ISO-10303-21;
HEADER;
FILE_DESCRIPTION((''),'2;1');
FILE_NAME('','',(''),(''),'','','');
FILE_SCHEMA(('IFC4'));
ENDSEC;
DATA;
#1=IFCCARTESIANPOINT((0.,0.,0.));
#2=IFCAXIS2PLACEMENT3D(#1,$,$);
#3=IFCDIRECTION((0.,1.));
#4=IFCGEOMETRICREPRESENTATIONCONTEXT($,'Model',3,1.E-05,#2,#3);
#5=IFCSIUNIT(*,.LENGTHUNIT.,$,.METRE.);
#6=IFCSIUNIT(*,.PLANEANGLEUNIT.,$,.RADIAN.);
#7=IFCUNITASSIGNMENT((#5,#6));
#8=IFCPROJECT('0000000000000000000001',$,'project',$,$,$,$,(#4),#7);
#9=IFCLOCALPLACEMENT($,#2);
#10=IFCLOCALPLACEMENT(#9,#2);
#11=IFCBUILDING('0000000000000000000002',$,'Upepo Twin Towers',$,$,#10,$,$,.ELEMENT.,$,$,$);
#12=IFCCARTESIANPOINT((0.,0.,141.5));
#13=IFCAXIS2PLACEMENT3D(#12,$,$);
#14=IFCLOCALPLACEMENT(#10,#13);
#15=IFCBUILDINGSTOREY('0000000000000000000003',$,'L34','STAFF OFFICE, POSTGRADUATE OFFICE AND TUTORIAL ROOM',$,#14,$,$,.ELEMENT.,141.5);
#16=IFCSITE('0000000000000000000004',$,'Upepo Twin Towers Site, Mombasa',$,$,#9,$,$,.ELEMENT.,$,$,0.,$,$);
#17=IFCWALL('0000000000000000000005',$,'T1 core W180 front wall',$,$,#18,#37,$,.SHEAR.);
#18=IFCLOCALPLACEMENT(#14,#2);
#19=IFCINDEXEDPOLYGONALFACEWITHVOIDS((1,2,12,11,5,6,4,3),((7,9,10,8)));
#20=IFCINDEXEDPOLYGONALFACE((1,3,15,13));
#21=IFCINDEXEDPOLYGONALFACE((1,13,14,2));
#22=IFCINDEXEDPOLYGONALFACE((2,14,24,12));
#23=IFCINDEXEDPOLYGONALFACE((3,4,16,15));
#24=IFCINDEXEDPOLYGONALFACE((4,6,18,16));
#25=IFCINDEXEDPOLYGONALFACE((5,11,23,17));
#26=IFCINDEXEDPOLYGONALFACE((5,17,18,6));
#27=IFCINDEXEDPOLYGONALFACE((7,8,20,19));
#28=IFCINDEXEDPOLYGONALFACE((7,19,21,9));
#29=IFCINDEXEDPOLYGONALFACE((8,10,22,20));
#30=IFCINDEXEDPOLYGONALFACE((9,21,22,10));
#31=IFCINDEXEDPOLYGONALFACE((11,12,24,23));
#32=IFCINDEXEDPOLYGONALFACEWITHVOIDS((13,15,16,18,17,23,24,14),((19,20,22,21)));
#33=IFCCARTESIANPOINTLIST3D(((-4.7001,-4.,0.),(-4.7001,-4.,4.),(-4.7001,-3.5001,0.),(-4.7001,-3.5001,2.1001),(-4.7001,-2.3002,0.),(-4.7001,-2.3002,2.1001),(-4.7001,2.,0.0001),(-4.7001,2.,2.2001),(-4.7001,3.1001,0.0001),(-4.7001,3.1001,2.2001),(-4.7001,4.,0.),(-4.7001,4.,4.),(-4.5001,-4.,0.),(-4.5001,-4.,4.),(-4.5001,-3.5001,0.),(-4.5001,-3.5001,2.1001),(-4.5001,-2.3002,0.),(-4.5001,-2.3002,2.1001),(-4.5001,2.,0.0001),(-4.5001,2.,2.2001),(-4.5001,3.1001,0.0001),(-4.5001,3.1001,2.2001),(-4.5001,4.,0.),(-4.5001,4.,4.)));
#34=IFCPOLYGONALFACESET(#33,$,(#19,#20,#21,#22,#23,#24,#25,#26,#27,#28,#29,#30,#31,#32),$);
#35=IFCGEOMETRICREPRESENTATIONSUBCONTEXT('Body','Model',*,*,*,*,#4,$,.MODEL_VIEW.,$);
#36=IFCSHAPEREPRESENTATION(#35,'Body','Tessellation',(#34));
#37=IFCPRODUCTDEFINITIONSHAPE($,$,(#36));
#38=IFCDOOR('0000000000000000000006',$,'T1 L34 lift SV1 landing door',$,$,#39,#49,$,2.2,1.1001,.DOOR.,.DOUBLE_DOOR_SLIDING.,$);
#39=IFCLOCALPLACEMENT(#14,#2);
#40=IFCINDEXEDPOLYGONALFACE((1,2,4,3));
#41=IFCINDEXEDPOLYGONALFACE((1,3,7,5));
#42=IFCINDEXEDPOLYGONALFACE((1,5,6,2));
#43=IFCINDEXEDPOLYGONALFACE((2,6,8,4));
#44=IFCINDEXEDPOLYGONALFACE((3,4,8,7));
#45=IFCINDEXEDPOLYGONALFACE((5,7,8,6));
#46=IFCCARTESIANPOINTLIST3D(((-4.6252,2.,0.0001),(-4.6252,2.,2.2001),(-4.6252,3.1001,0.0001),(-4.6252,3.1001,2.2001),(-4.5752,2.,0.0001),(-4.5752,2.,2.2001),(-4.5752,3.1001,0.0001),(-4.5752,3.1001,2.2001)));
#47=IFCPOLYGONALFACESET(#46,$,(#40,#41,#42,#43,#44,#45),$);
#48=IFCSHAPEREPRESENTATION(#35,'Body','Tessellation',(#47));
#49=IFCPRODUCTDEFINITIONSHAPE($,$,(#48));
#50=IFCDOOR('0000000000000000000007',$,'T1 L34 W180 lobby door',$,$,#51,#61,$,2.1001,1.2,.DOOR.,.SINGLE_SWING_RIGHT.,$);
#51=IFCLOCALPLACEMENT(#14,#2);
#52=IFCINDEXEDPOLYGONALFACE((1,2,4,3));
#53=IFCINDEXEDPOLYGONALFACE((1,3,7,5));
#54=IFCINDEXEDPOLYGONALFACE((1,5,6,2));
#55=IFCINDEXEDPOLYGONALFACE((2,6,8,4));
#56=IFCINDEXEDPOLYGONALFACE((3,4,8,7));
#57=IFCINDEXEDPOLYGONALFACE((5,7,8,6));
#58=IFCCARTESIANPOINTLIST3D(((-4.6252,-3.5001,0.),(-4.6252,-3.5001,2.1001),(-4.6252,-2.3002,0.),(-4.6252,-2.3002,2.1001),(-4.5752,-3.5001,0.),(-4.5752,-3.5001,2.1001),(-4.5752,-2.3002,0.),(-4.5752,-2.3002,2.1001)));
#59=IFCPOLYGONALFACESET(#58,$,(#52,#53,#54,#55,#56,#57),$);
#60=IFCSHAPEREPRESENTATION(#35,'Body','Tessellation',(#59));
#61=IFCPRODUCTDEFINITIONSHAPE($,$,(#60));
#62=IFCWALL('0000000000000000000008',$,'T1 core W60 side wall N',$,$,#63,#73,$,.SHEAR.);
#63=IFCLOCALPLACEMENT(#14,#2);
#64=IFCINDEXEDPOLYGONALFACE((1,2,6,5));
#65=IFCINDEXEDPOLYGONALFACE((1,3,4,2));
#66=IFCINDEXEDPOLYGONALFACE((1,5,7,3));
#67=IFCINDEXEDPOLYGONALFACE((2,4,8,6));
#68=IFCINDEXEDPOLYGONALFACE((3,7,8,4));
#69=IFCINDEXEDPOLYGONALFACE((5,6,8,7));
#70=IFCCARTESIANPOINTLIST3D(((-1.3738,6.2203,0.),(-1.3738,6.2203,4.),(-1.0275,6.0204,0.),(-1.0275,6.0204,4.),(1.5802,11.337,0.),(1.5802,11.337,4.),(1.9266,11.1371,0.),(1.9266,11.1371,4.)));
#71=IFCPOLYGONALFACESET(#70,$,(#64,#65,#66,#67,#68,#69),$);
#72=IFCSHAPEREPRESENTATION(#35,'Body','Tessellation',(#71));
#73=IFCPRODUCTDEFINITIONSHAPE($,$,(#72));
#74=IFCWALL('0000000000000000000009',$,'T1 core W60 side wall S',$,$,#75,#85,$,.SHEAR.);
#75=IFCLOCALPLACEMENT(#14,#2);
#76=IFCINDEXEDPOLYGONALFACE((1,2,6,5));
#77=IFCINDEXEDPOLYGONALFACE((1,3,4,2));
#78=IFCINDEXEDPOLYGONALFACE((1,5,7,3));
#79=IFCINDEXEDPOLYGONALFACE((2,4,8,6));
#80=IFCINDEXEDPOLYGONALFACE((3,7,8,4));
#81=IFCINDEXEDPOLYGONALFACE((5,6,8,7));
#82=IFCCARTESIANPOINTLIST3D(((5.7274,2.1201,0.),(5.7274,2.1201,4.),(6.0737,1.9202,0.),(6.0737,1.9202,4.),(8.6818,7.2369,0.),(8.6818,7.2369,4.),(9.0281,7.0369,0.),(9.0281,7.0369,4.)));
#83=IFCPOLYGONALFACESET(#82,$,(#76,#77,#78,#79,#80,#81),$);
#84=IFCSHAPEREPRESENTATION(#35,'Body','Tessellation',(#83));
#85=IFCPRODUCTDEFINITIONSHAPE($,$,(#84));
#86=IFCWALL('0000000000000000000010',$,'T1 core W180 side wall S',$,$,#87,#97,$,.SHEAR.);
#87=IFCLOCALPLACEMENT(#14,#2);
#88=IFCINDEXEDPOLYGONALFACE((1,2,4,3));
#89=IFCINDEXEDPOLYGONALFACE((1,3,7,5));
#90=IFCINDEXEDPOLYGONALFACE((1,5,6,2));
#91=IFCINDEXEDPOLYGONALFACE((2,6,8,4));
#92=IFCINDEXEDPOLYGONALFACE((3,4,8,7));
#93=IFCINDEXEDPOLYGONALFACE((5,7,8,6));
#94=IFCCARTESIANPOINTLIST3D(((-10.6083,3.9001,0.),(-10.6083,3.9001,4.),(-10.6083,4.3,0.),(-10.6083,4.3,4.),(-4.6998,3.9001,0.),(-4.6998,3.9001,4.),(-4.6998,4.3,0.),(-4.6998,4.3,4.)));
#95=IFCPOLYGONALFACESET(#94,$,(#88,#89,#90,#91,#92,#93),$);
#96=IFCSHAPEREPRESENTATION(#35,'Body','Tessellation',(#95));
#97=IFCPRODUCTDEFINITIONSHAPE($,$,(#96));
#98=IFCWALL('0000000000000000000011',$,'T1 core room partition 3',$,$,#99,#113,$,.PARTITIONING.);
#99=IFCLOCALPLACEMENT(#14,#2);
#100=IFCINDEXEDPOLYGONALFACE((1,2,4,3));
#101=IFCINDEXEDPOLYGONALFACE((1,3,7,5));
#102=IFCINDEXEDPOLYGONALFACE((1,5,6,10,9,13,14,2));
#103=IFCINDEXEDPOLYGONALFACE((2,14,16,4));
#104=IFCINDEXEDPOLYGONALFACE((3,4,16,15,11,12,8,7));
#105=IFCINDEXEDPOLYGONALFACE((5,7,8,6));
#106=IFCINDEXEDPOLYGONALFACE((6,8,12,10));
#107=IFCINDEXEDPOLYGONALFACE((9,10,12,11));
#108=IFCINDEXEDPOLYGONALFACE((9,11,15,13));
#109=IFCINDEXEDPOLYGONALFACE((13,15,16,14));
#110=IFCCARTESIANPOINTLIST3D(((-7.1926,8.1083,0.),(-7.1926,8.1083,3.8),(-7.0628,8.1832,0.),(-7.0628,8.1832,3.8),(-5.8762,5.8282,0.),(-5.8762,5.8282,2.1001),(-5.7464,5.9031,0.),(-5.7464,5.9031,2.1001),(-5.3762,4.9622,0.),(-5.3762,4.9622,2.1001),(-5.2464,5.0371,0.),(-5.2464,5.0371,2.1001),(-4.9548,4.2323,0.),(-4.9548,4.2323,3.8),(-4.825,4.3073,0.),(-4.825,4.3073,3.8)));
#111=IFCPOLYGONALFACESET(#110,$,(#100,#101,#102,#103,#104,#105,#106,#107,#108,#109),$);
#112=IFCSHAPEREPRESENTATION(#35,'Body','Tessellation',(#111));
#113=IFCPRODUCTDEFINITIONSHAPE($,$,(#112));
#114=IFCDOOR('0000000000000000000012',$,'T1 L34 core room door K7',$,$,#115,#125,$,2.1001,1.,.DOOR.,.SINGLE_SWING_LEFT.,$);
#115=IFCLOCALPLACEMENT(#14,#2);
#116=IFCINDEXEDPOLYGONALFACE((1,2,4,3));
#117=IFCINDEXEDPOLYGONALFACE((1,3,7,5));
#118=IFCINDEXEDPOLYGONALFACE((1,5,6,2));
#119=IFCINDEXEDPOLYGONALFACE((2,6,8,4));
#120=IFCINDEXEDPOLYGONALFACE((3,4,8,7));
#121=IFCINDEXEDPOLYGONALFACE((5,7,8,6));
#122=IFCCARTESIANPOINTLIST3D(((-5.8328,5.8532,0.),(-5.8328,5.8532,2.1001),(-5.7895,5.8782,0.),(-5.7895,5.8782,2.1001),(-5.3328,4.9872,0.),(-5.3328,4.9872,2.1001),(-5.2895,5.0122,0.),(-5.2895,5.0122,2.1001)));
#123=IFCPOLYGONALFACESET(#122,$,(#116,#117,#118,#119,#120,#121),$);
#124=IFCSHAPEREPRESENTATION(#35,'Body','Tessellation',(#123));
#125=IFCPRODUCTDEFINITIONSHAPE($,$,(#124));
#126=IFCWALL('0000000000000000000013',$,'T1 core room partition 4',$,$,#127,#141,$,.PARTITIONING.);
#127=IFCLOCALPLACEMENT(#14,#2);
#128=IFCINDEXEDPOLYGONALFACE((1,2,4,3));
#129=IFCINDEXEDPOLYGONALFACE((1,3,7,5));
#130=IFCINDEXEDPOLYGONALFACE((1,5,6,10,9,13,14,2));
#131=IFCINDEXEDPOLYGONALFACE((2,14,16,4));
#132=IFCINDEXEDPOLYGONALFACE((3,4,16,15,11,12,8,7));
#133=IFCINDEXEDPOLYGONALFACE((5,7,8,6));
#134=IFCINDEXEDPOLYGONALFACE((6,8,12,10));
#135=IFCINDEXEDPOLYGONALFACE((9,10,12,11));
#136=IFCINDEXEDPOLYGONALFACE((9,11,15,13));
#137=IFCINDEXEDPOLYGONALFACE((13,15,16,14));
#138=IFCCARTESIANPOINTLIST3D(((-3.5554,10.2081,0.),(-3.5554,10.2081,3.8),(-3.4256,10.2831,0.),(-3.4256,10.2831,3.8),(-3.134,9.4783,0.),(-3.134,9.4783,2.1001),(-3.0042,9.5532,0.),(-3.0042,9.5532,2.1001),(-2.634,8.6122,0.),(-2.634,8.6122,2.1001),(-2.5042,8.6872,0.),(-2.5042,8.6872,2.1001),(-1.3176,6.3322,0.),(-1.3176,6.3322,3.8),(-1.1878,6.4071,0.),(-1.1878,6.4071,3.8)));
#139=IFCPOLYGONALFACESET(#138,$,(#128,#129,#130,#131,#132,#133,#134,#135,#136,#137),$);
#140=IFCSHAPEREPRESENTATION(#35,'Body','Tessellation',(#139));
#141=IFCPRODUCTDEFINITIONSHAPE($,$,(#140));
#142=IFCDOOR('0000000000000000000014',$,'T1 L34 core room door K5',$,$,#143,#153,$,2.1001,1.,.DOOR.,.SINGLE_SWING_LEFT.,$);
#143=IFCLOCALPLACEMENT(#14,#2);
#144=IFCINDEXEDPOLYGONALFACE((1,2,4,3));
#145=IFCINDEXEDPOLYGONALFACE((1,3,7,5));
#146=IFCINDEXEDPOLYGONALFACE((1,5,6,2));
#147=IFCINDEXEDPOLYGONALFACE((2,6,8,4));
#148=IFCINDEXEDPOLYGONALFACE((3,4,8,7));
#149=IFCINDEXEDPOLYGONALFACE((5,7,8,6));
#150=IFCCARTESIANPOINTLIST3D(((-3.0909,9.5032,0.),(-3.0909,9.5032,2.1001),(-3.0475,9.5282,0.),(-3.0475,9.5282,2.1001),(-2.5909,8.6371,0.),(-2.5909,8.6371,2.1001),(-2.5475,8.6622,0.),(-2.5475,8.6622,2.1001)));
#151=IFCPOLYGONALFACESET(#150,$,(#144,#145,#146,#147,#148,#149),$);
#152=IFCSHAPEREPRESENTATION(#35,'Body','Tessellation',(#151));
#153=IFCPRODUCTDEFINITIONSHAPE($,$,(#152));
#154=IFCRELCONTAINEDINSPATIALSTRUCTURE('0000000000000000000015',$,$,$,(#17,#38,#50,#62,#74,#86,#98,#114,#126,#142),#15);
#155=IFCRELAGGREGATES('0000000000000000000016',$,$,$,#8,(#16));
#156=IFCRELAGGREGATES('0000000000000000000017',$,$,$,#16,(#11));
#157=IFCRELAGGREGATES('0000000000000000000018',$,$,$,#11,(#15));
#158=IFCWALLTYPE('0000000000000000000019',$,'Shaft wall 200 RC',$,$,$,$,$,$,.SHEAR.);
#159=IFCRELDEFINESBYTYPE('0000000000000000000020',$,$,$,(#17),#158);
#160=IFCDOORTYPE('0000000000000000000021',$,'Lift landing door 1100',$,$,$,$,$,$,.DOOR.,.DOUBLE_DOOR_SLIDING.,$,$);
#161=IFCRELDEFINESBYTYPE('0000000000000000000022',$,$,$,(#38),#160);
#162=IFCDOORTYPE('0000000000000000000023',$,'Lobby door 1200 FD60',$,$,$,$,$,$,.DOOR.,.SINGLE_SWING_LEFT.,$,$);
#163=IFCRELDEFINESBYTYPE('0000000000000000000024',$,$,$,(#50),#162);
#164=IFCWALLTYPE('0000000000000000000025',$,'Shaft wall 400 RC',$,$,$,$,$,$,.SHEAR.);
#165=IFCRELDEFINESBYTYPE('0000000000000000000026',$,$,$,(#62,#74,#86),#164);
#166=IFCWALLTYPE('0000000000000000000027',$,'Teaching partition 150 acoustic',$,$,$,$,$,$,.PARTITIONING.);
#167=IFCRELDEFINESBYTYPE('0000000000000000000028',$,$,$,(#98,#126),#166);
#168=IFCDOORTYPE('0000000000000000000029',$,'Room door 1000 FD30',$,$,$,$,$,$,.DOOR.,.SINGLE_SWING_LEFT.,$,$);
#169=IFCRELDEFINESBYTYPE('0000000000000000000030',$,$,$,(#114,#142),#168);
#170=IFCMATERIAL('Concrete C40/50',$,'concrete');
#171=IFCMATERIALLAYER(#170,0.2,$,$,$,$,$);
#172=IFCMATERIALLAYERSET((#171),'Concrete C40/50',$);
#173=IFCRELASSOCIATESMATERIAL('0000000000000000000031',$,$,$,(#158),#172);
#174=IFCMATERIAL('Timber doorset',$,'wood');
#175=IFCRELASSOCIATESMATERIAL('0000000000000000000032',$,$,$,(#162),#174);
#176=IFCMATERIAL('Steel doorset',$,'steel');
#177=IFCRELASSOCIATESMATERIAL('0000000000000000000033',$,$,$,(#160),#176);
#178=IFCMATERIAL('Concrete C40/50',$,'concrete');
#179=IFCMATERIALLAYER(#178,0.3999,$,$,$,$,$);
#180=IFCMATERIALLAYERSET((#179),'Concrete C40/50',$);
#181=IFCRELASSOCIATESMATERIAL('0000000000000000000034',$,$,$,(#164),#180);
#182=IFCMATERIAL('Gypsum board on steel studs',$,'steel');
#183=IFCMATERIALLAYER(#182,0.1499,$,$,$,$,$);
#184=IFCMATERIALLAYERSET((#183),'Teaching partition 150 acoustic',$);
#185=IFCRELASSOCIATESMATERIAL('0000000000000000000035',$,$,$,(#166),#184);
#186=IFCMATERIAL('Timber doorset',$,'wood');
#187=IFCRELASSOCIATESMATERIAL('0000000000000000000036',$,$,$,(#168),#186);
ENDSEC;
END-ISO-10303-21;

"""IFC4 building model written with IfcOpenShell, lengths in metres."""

from ifc_helpers import new_model, si_unit, direction, frame, frame_2d, origin, place, context, subcontext, project, spatial, rectangle, extrude, material, layer, layer_set, type_object, element, fill, save


model = new_model("IFC4")

# Units and contexts
model_context = context("Model", 3, precision=1e-05, world=origin(), true_north=direction((0.0, 1.0)))
body_context = subcontext(model_context, "Body", "Model", "MODEL_VIEW")
ifc_project = project(units=[si_unit("LENGTHUNIT", "METRE"), si_unit("PLANEANGLEUNIT", "RADIAN")], contexts=[model_context])

# Site, building, storey
site_placement = place(None, origin())
site = spatial("IfcSite", under=ifc_project, at=site_placement, Name="Upepo Twin Towers Site, Mombasa", CompositionType="ELEMENT", RefElevation=0.0)
building_placement = place(site_placement, origin())
building = spatial("IfcBuilding", under=site, at=building_placement, Name="Upepo Twin Towers", CompositionType="ELEMENT")
storey_placement = place(building_placement, frame((0.0, 0.0, 141.5)))
storey = spatial("IfcBuildingStorey", under=building, at=storey_placement, Name="L34", Description="STAFF OFFICE, POSTGRADUATE OFFICE AND TUTORIAL ROOM", CompositionType="ELEMENT", Elevation=141.5)

# Shared definitions
ifc_material_1 = material(Name="Concrete C40/50", Category="concrete")
ifc_layer_1 = layer(ifc_material_1, 0.2)
ifc_layer_set_1 = layer_set([ifc_layer_1], Name="Concrete C40/50")
wall_type_1 = type_object("IfcWallType", Name="Shaft wall 200 RC", PredefinedType="SHEAR", material=ifc_layer_set_1)
ifc_material_2 = material(Name="Timber doorset", Category="wood")
door_type_1 = type_object("IfcDoorType", Name="Lobby door 1200 FD60", OperationType="SINGLE_SWING_LEFT", PredefinedType="DOOR", material=ifc_material_2)

# Wall, openings, doors
wall_1_placement = place(storey_placement, frame((-4.6001, 4.0, 0.0), z_axis=(0.0, 0.0, 1.0), x_axis=(0.0, -1.0, 0.0)))
wall_1 = element("IfcWall", 1, at=wall_1_placement, inside=storey, type_object=wall_type_1, Name="T1 core W180 front wall", PredefinedType="SHEAR", context=body_context, shape_type="SweptSolid", body=[
    extrude(rectangle(XDim=8.0, YDim=0.2, at=frame_2d((4.0, 0.0))), origin(), (0.0, 0.0, 1.0), 4.0),
])
opening_1_placement = place(wall_1_placement, frame((6.3, 0.0, 0.0)))
opening_1 = element("IfcOpeningElement", 2, at=opening_1_placement, cuts=wall_1, PredefinedType="OPENING", context=body_context, shape_type="SweptSolid", body=[
    extrude(rectangle(XDim=1.2, YDim=2.1001, at=frame_2d((0.6001, 1.05))), frame((0.0, 0.1099, 0.0), z_axis=(0.0, -1.0, 0.0), x_axis=(1.0, 0.0, 0.0)), (0.0, 0.0, 1.0), 0.22),
])
opening_2_placement = place(wall_1_placement, frame((0.8999, 0.0, 0.0)))
opening_2 = element("IfcOpeningElement", 3, at=opening_2_placement, cuts=wall_1, PredefinedType="OPENING", context=body_context, shape_type="SweptSolid", body=[
    extrude(rectangle(XDim=1.1001, YDim=2.2, at=frame_2d((0.55, 1.1001))), frame((0.0, 0.1099, 0.0), z_axis=(0.0, -1.0, 0.0), x_axis=(1.0, 0.0, 0.0)), (0.0, 0.0, 1.0), 0.22),
])
ifc_material_3 = material(Name="Steel doorset", Category="steel")
door_type_2 = type_object("IfcDoorType", Name="Lift landing door 1100", OperationType="DOUBLE_DOOR_SLIDING", PredefinedType="DOOR", material=ifc_material_3)
door_1_placement = place(opening_2_placement, origin())
door_1 = element("IfcDoor", 4, at=door_1_placement, inside=storey, type_object=door_type_2, Name="T1 L34 lift SV1 landing door", OperationType="DOUBLE_DOOR_SLIDING", OverallHeight=2.2, OverallWidth=1.1001, PredefinedType="DOOR", context=body_context, shape_type="SweptSolid", body=[
    extrude(rectangle(XDim=1.1001, YDim=2.2, at=frame_2d((0.55, 1.1001))), frame((0.0, 0.0249, 0.0), z_axis=(0.0, -1.0, 0.0), x_axis=(1.0, 0.0, 0.0)), (0.0, 0.0, 1.0), 0.05),
])
fill(opening_2, door_1)
door_2_placement = place(opening_1_placement, origin())
door_2 = element("IfcDoor", 5, at=door_2_placement, inside=storey, type_object=door_type_1, Name="T1 L34 W180 lobby door", OperationType="SINGLE_SWING_RIGHT", OverallHeight=2.1001, OverallWidth=1.2, PredefinedType="DOOR", context=body_context, shape_type="SweptSolid", body=[
    extrude(rectangle(XDim=1.2, YDim=2.1001, at=frame_2d((0.6001, 1.05))), frame((0.0, 0.0249, 0.0), z_axis=(0.0, -1.0, 0.0), x_axis=(1.0, 0.0, 0.0)), (0.0, 0.0, 1.0), 0.05),
])
fill(opening_1, door_2)

# Walls
ifc_material_4 = material(Name="Concrete C40/50", Category="concrete")
ifc_layer_2 = layer(ifc_material_4, 0.3999)
ifc_layer_set_2 = layer_set([ifc_layer_2], Name="Concrete C40/50")
wall_type_2 = type_object("IfcWallType", Name="Shaft wall 400 RC", PredefinedType="SHEAR", material=ifc_layer_set_2)
wall_2_placement = place(storey_placement, frame((-1.2007, 6.1204, 0.0), z_axis=(0.0, 0.0, 1.0), x_axis=(0.499997, 0.866027, 0.0)))
element("IfcWall", 6, at=wall_2_placement, inside=storey, type_object=wall_type_2, Name="T1 core W60 side wall N", PredefinedType="SHEAR", context=body_context, shape_type="SweptSolid", body=[
    extrude(rectangle(XDim=5.9082, YDim=0.3999, at=frame_2d((2.9541, 0.0))), origin(), (0.0, 0.0, 1.0), 4.0),
])
for number, where, z_axis, x_axis, name in (
    (7, (5.9006, 2.0203, 0.0), (0.0, 0.0, 1.0), (0.500028, 0.866009, 0.0), "T1 core W60 side wall S"),
    (8, (-4.7, 4.1001, 0.0), (0.0, 0.0, 1.0), (-1.0, 0.0, 0.0), "T1 core W180 side wall S"),
):
    element("IfcWall", number, at=place(storey_placement, frame(where, z_axis=z_axis, x_axis=x_axis)), inside=storey, type_object=wall_type_2, Name=name, PredefinedType="SHEAR", context=body_context, shape_type="SweptSolid", body=[
        extrude(rectangle(XDim=5.9084, YDim=0.3999, at=frame_2d((2.9541, 0.0))), origin(), (0.0, 0.0, 1.0), 4.0),
    ])

# Walls, openings, doors
ifc_material_5 = material(Name="Gypsum board on steel studs", Category="steel")
ifc_layer_3 = layer(ifc_material_5, 0.1499)
ifc_layer_set_3 = layer_set([ifc_layer_3], Name="Teaching partition 150 acoustic")
wall_type_3 = type_object("IfcWallType", Name="Teaching partition 150 acoustic", PredefinedType="PARTITIONING", material=ifc_layer_set_3)
wall_3_placement = place(storey_placement, frame((-4.8899, 4.2698, 0.0), z_axis=(0.0, 0.0, 1.0), x_axis=(-0.499999, 0.866026, 0.0)))
wall_3 = element("IfcWall", 9, at=wall_3_placement, inside=storey, type_object=wall_type_3, Name="T1 core room partition 3", PredefinedType="PARTITIONING", context=body_context, shape_type="SweptSolid", body=[
    extrude(rectangle(XDim=4.4756, YDim=0.1499, at=frame_2d((2.2378, 0.0))), origin(), (0.0, 0.0, 1.0), 3.8),
])
opening_3_placement = place(wall_3_placement, frame((0.8428, 0.0, 0.0)))
opening_3 = element("IfcOpeningElement", 10, at=opening_3_placement, cuts=wall_3, PredefinedType="OPENING", context=body_context, shape_type="SweptSolid", body=[
    extrude(rectangle(XDim=1.0, YDim=2.1001, at=frame_2d((0.5, 1.05))), frame((0.0, 0.085, 0.0), z_axis=(0.0, -1.0, 0.0), x_axis=(1.0, 0.0, 0.0)), (0.0, 0.0, 1.0), 0.1699),
])
ifc_material_6 = material(Name="Timber doorset", Category="wood")
door_type_3 = type_object("IfcDoorType", Name="Room door 1000 FD30", OperationType="SINGLE_SWING_LEFT", PredefinedType="DOOR", material=ifc_material_6)
door_3_placement = place(opening_3_placement, origin())
door_3 = element("IfcDoor", 11, at=door_3_placement, inside=storey, type_object=door_type_3, Name="T1 L34 core room door K7", OperationType="SINGLE_SWING_LEFT", OverallHeight=2.1001, OverallWidth=1.0, PredefinedType="DOOR", context=body_context, shape_type="SweptSolid", body=[
    extrude(rectangle(XDim=1.0, YDim=2.1001, at=frame_2d((0.5, 1.05))), frame((0.0, 0.0249, 0.0), z_axis=(0.0, -1.0, 0.0), x_axis=(1.0, 0.0, 0.0)), (0.0, 0.0, 1.0), 0.05),
])
fill(opening_3, door_3)
wall_4_placement = place(storey_placement, frame((-3.4905, 10.2456, 0.0), z_axis=(0.0, 0.0, 1.0), x_axis=(0.499999, -0.866026, 0.0)))
wall_4 = element("IfcWall", 12, at=wall_4_placement, inside=storey, type_object=wall_type_3, Name="T1 core room partition 4", PredefinedType="PARTITIONING", context=body_context, shape_type="SweptSolid", body=[
    extrude(rectangle(XDim=4.4756, YDim=0.1499, at=frame_2d((2.2378, 0.0))), origin(), (0.0, 0.0, 1.0), 3.8),
])
opening_4_placement = place(wall_4_placement, frame((0.8428, 0.0, 0.0)))
opening_4 = element("IfcOpeningElement", 13, at=opening_4_placement, cuts=wall_4, PredefinedType="OPENING", context=body_context, shape_type="SweptSolid", body=[
    extrude(rectangle(XDim=1.0, YDim=2.1001, at=frame_2d((0.5, 1.05))), frame((0.0, 0.085, 0.0), z_axis=(0.0, -1.0, 0.0), x_axis=(1.0, 0.0, 0.0)), (0.0, 0.0, 1.0), 0.1699),
])
door_4_placement = place(opening_4_placement, origin())
door_4 = element("IfcDoor", 14, at=door_4_placement, inside=storey, type_object=door_type_3, Name="T1 L34 core room door K5", OperationType="SINGLE_SWING_LEFT", OverallHeight=2.1001, OverallWidth=1.0, PredefinedType="DOOR", context=body_context, shape_type="SweptSolid", body=[
    extrude(rectangle(XDim=1.0, YDim=2.1001, at=frame_2d((0.5, 1.05))), frame((0.0, 0.0249, 0.0), z_axis=(0.0, -1.0, 0.0), x_axis=(1.0, 0.0, 0.0)), (0.0, 0.0, 1.0), 0.05),
])
fill(opening_4, door_4)

save(model, "model.ifc")
